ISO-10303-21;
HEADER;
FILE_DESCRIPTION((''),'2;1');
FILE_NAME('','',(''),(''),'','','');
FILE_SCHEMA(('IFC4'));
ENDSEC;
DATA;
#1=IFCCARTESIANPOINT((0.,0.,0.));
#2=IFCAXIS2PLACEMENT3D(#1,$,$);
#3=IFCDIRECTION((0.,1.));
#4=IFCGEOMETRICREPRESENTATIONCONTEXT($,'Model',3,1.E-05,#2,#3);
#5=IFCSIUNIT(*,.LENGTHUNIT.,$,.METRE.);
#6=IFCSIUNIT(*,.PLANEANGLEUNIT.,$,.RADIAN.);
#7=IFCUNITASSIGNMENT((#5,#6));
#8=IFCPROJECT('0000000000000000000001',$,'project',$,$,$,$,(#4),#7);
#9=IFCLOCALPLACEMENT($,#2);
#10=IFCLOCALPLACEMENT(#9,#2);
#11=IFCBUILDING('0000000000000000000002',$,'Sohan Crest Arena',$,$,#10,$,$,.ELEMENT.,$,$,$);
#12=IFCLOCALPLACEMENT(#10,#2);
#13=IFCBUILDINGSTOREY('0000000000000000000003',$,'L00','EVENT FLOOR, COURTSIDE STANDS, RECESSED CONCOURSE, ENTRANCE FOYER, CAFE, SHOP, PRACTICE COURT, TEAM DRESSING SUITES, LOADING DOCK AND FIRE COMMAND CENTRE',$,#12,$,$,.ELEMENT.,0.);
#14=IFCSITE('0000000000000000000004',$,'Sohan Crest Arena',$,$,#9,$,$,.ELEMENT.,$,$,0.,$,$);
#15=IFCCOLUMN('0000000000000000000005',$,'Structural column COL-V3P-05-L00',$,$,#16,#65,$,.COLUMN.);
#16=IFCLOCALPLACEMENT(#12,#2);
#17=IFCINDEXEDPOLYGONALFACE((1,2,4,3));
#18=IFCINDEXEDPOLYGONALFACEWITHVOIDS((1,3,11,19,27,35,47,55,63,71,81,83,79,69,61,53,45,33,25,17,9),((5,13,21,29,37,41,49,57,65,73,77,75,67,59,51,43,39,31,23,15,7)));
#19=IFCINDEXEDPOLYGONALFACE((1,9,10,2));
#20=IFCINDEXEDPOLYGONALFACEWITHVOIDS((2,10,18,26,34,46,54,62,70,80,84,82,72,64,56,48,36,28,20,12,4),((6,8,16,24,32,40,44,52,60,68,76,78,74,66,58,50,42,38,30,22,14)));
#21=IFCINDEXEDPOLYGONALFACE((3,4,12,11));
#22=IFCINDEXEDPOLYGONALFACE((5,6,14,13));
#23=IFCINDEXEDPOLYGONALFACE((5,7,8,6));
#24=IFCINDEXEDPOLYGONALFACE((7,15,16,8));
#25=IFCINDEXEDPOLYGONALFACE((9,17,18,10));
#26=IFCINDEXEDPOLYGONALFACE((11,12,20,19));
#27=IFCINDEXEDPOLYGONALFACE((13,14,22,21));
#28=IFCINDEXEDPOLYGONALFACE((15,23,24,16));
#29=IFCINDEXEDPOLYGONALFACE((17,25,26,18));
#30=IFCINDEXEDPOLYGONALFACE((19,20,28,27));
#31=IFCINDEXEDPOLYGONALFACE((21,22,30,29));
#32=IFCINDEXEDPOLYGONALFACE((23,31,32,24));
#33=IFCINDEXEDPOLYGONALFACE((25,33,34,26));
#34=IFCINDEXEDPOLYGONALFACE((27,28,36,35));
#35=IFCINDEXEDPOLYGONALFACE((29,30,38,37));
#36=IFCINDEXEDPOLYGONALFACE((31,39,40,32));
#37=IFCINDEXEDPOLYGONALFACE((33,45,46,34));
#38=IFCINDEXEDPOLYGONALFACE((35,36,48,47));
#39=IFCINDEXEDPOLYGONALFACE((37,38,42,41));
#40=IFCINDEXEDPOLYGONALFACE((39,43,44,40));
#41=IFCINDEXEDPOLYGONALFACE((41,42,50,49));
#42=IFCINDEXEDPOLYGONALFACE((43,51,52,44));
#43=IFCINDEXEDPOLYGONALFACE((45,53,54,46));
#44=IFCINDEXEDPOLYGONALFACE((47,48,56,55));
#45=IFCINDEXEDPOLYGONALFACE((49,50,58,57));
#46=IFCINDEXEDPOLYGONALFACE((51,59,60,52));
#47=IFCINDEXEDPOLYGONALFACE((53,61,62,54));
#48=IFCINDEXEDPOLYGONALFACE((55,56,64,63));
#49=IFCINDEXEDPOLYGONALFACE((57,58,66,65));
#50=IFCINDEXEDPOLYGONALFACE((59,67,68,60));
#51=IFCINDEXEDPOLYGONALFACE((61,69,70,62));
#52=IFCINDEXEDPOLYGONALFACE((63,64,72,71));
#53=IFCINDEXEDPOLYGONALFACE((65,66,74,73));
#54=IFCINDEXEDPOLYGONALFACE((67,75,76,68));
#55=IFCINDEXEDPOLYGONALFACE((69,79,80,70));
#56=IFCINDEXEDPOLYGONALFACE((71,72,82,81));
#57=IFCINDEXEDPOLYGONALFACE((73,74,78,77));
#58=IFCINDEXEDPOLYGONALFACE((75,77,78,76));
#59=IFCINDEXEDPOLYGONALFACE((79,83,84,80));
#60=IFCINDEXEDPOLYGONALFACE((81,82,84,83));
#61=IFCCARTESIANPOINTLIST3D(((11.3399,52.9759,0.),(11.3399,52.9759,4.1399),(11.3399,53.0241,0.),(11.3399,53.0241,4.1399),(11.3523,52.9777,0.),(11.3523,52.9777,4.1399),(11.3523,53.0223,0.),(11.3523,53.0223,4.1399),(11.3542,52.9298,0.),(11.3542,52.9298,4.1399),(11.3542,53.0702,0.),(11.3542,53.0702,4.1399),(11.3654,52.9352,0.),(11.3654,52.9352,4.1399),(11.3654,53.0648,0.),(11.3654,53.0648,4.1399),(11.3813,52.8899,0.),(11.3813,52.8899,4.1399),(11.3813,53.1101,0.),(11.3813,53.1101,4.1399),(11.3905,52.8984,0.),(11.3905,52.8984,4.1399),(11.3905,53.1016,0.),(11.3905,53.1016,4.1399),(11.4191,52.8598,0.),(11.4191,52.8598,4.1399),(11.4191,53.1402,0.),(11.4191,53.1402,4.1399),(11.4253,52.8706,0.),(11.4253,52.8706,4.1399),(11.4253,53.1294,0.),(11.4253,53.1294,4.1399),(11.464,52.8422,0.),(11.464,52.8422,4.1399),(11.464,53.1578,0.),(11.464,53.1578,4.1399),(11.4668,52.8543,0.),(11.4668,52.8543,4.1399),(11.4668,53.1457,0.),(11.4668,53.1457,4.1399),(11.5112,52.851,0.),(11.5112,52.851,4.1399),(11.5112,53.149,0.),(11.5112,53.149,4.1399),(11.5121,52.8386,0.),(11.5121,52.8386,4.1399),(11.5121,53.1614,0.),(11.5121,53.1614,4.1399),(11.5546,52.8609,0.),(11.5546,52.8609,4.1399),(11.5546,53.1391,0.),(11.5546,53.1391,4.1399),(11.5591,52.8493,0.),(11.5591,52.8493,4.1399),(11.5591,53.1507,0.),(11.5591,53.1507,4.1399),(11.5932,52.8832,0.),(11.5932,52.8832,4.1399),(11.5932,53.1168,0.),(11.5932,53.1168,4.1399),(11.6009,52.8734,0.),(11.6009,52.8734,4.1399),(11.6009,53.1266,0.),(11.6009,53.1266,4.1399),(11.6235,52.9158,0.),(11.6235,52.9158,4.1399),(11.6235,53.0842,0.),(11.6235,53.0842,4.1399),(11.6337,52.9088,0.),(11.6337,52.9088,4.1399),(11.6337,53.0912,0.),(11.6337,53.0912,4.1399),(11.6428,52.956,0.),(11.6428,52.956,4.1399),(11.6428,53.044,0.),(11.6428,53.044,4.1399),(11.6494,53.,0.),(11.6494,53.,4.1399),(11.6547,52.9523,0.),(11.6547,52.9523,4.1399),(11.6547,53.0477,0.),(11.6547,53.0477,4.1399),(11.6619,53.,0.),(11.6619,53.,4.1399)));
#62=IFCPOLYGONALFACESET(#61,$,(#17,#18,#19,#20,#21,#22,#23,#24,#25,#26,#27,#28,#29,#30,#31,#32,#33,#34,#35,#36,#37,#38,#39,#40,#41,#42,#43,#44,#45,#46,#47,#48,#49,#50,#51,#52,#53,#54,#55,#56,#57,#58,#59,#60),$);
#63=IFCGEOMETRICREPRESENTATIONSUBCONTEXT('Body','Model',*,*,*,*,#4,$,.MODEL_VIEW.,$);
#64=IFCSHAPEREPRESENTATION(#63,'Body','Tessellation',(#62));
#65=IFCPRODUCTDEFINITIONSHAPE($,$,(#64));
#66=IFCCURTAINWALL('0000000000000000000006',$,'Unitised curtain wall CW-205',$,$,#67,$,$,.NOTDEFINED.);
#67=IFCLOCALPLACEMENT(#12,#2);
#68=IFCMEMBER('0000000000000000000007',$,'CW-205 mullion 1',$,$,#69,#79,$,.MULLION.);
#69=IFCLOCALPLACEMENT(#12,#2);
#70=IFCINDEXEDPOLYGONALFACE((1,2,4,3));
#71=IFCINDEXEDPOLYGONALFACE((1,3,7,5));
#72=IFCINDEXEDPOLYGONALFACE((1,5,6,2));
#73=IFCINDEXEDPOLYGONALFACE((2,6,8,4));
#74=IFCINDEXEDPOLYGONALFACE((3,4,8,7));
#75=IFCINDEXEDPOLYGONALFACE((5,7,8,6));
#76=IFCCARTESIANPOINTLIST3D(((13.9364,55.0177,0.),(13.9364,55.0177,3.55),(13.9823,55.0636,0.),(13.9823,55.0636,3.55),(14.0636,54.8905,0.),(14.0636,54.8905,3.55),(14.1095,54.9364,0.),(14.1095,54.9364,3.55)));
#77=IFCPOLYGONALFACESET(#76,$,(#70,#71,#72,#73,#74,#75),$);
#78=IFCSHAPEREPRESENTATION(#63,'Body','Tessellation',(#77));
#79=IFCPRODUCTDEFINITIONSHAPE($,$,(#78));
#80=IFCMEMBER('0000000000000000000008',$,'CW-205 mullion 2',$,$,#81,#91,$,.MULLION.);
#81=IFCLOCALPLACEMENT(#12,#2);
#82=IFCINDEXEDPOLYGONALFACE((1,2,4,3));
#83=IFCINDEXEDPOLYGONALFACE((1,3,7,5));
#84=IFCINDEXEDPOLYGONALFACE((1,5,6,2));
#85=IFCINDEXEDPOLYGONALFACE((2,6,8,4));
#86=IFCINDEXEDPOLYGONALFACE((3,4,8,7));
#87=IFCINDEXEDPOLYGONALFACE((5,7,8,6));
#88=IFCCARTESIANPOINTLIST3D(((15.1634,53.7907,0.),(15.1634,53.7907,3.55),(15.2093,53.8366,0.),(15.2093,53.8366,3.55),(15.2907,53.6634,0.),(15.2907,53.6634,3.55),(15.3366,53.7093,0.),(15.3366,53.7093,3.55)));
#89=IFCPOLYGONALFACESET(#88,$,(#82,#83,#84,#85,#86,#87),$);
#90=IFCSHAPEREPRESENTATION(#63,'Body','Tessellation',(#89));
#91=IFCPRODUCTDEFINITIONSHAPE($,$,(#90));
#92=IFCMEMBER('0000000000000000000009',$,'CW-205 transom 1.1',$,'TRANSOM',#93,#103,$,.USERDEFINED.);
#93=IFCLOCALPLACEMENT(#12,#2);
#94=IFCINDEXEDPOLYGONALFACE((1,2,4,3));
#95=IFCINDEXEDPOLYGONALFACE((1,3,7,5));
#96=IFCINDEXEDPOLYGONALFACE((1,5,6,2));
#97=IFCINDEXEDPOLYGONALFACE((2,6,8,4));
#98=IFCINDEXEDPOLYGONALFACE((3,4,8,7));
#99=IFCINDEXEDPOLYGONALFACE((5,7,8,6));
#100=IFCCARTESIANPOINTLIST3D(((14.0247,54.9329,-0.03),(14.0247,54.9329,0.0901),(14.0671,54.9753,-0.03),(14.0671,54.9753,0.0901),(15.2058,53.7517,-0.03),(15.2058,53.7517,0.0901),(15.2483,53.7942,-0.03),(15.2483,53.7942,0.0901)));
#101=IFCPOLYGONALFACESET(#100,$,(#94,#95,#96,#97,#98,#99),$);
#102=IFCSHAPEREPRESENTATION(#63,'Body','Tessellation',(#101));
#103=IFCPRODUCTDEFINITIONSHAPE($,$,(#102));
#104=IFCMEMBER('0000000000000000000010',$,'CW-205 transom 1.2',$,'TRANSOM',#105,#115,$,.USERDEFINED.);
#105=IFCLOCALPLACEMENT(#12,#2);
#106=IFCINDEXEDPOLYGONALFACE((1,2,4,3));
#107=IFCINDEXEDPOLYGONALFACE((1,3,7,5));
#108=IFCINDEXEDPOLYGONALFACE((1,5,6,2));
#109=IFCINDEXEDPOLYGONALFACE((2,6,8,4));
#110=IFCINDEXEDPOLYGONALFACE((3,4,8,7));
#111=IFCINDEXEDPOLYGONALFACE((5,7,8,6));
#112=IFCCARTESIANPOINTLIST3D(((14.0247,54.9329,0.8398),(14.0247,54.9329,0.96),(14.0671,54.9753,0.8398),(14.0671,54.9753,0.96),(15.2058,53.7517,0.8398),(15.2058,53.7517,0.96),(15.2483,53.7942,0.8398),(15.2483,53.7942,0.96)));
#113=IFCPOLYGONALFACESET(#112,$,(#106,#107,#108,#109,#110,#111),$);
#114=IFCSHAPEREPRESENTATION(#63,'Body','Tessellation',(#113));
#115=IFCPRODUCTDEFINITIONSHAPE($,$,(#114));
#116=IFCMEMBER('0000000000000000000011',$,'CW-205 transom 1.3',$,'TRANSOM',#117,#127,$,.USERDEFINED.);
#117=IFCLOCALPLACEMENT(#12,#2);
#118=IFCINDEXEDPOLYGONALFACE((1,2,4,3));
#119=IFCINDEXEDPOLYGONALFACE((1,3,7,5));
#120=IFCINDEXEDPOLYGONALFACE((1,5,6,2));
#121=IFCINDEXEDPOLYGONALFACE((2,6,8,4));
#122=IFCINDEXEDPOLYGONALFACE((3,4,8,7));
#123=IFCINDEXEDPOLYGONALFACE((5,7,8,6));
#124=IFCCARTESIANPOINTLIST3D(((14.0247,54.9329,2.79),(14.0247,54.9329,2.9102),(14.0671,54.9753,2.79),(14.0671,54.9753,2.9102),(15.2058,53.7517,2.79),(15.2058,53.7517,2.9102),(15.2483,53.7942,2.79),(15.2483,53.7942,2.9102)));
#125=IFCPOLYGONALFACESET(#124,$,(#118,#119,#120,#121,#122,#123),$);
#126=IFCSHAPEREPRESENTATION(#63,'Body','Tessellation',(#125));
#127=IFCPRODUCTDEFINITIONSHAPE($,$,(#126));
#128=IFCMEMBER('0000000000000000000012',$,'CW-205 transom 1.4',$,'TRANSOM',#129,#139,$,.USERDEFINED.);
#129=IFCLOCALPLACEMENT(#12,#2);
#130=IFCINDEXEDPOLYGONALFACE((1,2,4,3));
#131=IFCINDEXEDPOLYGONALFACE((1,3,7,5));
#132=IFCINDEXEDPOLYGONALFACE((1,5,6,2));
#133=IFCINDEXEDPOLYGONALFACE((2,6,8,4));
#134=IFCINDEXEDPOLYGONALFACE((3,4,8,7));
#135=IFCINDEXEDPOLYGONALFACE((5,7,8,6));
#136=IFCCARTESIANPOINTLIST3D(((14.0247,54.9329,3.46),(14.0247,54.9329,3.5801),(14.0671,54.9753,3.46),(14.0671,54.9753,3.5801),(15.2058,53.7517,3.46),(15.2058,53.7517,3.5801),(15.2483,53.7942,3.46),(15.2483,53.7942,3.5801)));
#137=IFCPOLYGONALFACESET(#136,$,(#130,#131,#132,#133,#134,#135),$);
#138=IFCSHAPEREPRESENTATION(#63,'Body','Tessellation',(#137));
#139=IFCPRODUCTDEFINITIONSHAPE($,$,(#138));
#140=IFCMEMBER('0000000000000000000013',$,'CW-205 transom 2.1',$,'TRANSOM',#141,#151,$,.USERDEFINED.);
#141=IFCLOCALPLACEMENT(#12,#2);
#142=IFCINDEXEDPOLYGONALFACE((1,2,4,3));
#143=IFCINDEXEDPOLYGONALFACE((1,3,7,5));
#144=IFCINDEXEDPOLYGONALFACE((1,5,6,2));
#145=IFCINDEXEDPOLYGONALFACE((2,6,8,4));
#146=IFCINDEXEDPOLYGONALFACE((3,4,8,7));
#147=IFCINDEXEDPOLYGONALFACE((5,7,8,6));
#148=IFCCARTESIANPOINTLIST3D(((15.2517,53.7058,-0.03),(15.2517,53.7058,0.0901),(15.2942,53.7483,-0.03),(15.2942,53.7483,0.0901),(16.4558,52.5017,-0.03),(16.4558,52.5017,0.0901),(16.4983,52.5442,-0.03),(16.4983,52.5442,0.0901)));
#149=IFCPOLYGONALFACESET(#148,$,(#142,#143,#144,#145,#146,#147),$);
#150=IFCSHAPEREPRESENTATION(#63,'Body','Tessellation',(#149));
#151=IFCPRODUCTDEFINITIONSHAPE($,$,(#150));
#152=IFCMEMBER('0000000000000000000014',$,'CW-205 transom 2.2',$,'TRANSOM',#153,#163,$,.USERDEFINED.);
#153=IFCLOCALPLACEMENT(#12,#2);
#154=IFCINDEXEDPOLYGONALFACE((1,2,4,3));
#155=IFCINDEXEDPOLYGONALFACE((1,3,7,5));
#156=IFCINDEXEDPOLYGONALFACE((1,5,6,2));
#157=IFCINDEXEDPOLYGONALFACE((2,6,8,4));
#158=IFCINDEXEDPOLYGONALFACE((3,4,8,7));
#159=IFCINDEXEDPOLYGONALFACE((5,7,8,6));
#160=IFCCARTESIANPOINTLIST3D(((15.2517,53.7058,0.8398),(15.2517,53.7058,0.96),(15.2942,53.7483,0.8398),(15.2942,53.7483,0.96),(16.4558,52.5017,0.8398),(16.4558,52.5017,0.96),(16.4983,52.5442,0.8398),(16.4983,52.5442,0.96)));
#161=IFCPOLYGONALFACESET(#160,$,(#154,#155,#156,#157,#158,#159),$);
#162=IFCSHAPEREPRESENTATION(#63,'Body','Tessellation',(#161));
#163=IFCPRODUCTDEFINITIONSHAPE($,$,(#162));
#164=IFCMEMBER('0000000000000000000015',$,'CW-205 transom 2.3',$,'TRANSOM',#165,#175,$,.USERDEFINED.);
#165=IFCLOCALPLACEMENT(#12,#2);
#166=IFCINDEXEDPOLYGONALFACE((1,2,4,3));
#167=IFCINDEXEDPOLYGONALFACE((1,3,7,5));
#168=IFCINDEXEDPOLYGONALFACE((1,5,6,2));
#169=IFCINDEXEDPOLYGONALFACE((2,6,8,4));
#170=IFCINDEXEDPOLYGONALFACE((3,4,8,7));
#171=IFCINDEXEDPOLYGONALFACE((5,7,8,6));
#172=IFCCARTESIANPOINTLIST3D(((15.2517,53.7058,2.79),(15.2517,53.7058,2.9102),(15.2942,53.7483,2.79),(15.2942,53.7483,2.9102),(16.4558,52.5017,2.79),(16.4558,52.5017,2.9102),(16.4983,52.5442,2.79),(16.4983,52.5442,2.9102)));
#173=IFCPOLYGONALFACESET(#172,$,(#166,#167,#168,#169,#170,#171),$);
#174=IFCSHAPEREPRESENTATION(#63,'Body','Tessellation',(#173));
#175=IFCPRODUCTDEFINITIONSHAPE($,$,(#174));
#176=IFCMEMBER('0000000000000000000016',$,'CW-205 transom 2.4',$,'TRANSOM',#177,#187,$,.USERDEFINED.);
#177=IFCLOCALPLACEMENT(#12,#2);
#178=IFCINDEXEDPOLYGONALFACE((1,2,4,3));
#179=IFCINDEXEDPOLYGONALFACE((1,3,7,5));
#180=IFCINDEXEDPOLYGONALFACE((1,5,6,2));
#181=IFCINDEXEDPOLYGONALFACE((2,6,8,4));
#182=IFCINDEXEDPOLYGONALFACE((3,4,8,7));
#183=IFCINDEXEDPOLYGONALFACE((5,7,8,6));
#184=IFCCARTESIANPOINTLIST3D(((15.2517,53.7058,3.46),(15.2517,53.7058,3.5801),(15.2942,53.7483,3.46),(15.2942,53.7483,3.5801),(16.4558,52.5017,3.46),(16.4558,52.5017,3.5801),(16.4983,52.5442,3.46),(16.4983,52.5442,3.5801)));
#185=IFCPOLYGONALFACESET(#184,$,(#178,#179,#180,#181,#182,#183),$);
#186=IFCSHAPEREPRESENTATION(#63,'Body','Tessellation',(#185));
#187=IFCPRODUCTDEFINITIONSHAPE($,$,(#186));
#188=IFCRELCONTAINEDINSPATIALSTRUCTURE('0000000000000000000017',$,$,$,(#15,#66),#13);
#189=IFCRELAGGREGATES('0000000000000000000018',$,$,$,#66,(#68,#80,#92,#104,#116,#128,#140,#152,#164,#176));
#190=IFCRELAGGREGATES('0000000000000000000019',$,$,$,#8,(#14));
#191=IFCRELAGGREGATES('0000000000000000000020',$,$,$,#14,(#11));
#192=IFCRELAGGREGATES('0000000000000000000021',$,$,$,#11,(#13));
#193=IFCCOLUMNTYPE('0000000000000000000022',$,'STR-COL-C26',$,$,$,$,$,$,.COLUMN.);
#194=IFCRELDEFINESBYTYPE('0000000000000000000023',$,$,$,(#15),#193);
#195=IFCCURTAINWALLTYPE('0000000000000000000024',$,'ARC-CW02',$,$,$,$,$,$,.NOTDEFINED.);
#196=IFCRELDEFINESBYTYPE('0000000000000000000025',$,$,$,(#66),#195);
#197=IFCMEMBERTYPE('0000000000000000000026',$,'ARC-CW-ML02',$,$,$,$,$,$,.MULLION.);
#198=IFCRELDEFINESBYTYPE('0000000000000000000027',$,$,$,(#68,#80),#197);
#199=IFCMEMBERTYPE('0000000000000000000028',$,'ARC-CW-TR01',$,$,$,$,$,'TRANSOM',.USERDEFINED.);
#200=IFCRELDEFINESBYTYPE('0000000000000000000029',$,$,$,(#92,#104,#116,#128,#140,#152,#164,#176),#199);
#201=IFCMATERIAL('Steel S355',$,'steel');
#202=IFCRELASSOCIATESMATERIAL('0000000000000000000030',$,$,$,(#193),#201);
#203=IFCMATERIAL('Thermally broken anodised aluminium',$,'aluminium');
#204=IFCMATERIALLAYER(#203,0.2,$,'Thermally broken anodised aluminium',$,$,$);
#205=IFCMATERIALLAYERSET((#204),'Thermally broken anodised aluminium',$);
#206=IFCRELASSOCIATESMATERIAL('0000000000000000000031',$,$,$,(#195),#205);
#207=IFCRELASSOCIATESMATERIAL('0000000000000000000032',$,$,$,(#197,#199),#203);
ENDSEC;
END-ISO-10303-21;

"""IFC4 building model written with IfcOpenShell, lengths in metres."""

from ifc_helpers import new_model, si_unit, direction, frame, origin, origin_2d, place, context, subcontext, project, spatial, rectangle, hollow_circle, extrude, material, layer, layer_set, material_profile, profile_set, type_object, element, aggregate, save


model = new_model("IFC4")

# Units and contexts
model_context = context("Model", 3, precision=1e-05, world=origin(), true_north=direction((0.0, 1.0)))
body_context = subcontext(model_context, "Body", "Model", "MODEL_VIEW")
ifc_project = project(units=[si_unit("LENGTHUNIT", "METRE"), si_unit("PLANEANGLEUNIT", "RADIAN")], contexts=[model_context])

# Site, building, storey
site_placement = place(None, origin())
site = spatial("IfcSite", under=ifc_project, at=site_placement, Name="Sohan Crest Arena", CompositionType="ELEMENT", RefElevation=0.0)
building_placement = place(site_placement, origin())
building = spatial("IfcBuilding", under=site, at=building_placement, Name="Sohan Crest Arena", CompositionType="ELEMENT")
storey_placement = place(building_placement, origin())
storey = spatial("IfcBuildingStorey", under=building, at=storey_placement, Name="L00", Description="EVENT FLOOR, COURTSIDE STANDS, RECESSED CONCOURSE, ENTRANCE FOYER, CAFE, SHOP, PRACTICE COURT, TEAM DRESSING SUITES, LOADING DOCK AND FIRE COMMAND CENTRE", CompositionType="ELEMENT", Elevation=0.0)

# Column
ifc_material_1 = material(Name="Steel S355", Category="steel")
ifc_material_profile_1 = material_profile(ifc_material_1, hollow_circle(Radius=0.1619, WallThickness=0.0125, at=origin_2d()), Name="CHS 323.9x12.5")
ifc_profile_set_1 = profile_set([ifc_material_profile_1], Name="Steel S355")
column_type_1 = type_object("IfcColumnType", Name="STR-COL-C26", PredefinedType="COLUMN", material=ifc_profile_set_1)
column_1_placement = place(storey_placement, frame((11.5, 53.0, 0.0), z_axis=(0.0, 0.0, 1.0), x_axis=(1.0, 0.0, 0.0)))
element("IfcColumn", 1, at=column_1_placement, inside=storey, type_object=column_type_1, Name="Structural column COL-V3P-05-L00", PredefinedType="COLUMN", context=body_context, shape_type="SweptSolid", body=[
    extrude(hollow_circle(Radius=0.1619, WallThickness=0.0125, at=origin_2d()), origin(), (0.0, 0.0, 1.0), 4.1399),
])

# Curtain wall, members
ifc_material_2 = material(Name="Thermally broken anodised aluminium", Category="aluminium")
ifc_layer_1 = layer(ifc_material_2, 0.2, Name="Thermally broken anodised aluminium")
ifc_layer_set_1 = layer_set([ifc_layer_1], Name="Thermally broken anodised aluminium")
curtain_wall_type = type_object("IfcCurtainWallType", Name="ARC-CW02", PredefinedType="NOTDEFINED", material=ifc_layer_set_1)
curtain_wall_placement = place(storey_placement, origin())
curtain_wall = element("IfcCurtainWall", 2, at=curtain_wall_placement, inside=storey, type_object=curtain_wall_type, Name="Unitised curtain wall CW-205", PredefinedType="NOTDEFINED")
ifc_material_profile_2 = material_profile(ifc_material_2, rectangle(XDim=0.0649, YDim=0.1799, at=origin_2d()), Name="ALU-MULL 65x180")
ifc_profile_set_2 = profile_set([ifc_material_profile_2], Name="Thermally broken anodised aluminium")
member_type_1 = type_object("IfcMemberType", Name="ARC-CW-ML02", PredefinedType="MULLION", material=ifc_profile_set_2)
member_1_placement = place(storey_placement, frame((14.0229, 54.9771, 0.0), z_axis=(0.0, 0.0, 1.0), x_axis=(0.707107, 0.707107, 0.0)))
member_1 = element("IfcMember", 3, at=member_1_placement, type_object=member_type_1, Name="CW-205 mullion 1", PredefinedType="MULLION", context=body_context, shape_type="SweptSolid", body=[
    extrude(rectangle(XDim=0.0649, YDim=0.1799, at=origin_2d()), origin(), (0.0, 0.0, 1.0), 3.55),
])
member_2_placement = place(storey_placement, frame((15.25, 53.75, 0.0), z_axis=(0.0, 0.0, 1.0), x_axis=(0.707107, 0.707107, 0.0)))
member_2 = element("IfcMember", 4, at=member_2_placement, type_object=member_type_1, Name="CW-205 mullion 2", PredefinedType="MULLION", context=body_context, shape_type="SweptSolid", body=[
    extrude(rectangle(XDim=0.0649, YDim=0.1799, at=origin_2d()), origin(), (0.0, 0.0, 1.0), 3.55),
])
ifc_material_profile_3 = material_profile(ifc_material_2, rectangle(XDim=0.0601, YDim=0.1201, at=origin_2d()), Name="ALU-TRAN 60x120")
ifc_profile_set_3 = profile_set([ifc_material_profile_3], Name="Thermally broken anodised aluminium")
member_type_2 = type_object("IfcMemberType", Name="ARC-CW-TR01", ElementType="TRANSOM", PredefinedType="USERDEFINED", material=ifc_profile_set_3)
member_3_placement = place(storey_placement, frame((14.0459, 54.9541, 0.03), z_axis=(0.707107, -0.707107, 0.0), x_axis=(0.707107, 0.707107, 0.0)))
member_3 = element("IfcMember", 5, at=member_3_placement, type_object=member_type_2, Name="CW-205 transom 1.1", ObjectType="TRANSOM", PredefinedType="USERDEFINED", context=body_context, shape_type="SweptSolid", body=[
    extrude(rectangle(XDim=0.0601, YDim=0.1201, at=origin_2d()), origin(), (0.0, 0.0, 1.0), 1.6704),
])
member_4_placement = place(storey_placement, frame((14.0459, 54.9541, 0.8999), z_axis=(0.707107, -0.707107, 0.0), x_axis=(0.707107, 0.707107, 0.0)))
member_4 = element("IfcMember", 6, at=member_4_placement, type_object=member_type_2, Name="CW-205 transom 1.2", ObjectType="TRANSOM", PredefinedType="USERDEFINED", context=body_context, shape_type="SweptSolid", body=[
    extrude(rectangle(XDim=0.0601, YDim=0.1201, at=origin_2d()), origin(), (0.0, 0.0, 1.0), 1.6704),
])
member_5_placement = place(storey_placement, frame((14.0459, 54.9541, 2.8501), z_axis=(0.707107, -0.707107, 0.0), x_axis=(0.707107, 0.707107, 0.0)))
member_5 = element("IfcMember", 7, at=member_5_placement, type_object=member_type_2, Name="CW-205 transom 1.3", ObjectType="TRANSOM", PredefinedType="USERDEFINED", context=body_context, shape_type="SweptSolid", body=[
    extrude(rectangle(XDim=0.0601, YDim=0.1201, at=origin_2d()), origin(), (0.0, 0.0, 1.0), 1.6704),
])
member_6_placement = place(storey_placement, frame((14.0459, 54.9541, 3.52), z_axis=(0.707107, -0.707107, 0.0), x_axis=(0.707107, 0.707107, 0.0)))
member_6 = element("IfcMember", 8, at=member_6_placement, type_object=member_type_2, Name="CW-205 transom 1.4", ObjectType="TRANSOM", PredefinedType="USERDEFINED", context=body_context, shape_type="SweptSolid", body=[
    extrude(rectangle(XDim=0.0601, YDim=0.1201, at=origin_2d()), origin(), (0.0, 0.0, 1.0), 1.6704),
])
member_7_placement = place(storey_placement, frame((15.2729, 53.7271, 0.03), z_axis=(0.707107, -0.707107, 0.0), x_axis=(0.707107, 0.707107, 0.0)))
member_7 = element("IfcMember", 9, at=member_7_placement, type_object=member_type_2, Name="CW-205 transom 2.1", ObjectType="TRANSOM", PredefinedType="USERDEFINED", context=body_context, shape_type="SweptSolid", body=[
    extrude(rectangle(XDim=0.0601, YDim=0.1201, at=origin_2d()), origin(), (0.0, 0.0, 1.0), 1.7029),
])
member_8_placement = place(storey_placement, frame((15.2729, 53.7271, 0.8999), z_axis=(0.707107, -0.707107, 0.0), x_axis=(0.707107, 0.707107, 0.0)))
member_8 = element("IfcMember", 10, at=member_8_placement, type_object=member_type_2, Name="CW-205 transom 2.2", ObjectType="TRANSOM", PredefinedType="USERDEFINED", context=body_context, shape_type="SweptSolid", body=[
    extrude(rectangle(XDim=0.0601, YDim=0.1201, at=origin_2d()), origin(), (0.0, 0.0, 1.0), 1.7029),
])
member_9_placement = place(storey_placement, frame((15.2729, 53.7271, 2.8501), z_axis=(0.707107, -0.707107, 0.0), x_axis=(0.707107, 0.707107, 0.0)))
member_9 = element("IfcMember", 11, at=member_9_placement, type_object=member_type_2, Name="CW-205 transom 2.3", ObjectType="TRANSOM", PredefinedType="USERDEFINED", context=body_context, shape_type="SweptSolid", body=[
    extrude(rectangle(XDim=0.0601, YDim=0.1201, at=origin_2d()), origin(), (0.0, 0.0, 1.0), 1.7029),
])
member_10_placement = place(storey_placement, frame((15.2729, 53.7271, 3.52), z_axis=(0.707107, -0.707107, 0.0), x_axis=(0.707107, 0.707107, 0.0)))
member_10 = element("IfcMember", 12, at=member_10_placement, type_object=member_type_2, Name="CW-205 transom 2.4", ObjectType="TRANSOM", PredefinedType="USERDEFINED", context=body_context, shape_type="SweptSolid", body=[
    extrude(rectangle(XDim=0.0601, YDim=0.1201, at=origin_2d()), origin(), (0.0, 0.0, 1.0), 1.7029),
])

aggregate(curtain_wall, [member_1, member_2, member_3, member_4, member_5, member_6, member_7, member_8, member_9, member_10])

save(model, "model.ifc")
